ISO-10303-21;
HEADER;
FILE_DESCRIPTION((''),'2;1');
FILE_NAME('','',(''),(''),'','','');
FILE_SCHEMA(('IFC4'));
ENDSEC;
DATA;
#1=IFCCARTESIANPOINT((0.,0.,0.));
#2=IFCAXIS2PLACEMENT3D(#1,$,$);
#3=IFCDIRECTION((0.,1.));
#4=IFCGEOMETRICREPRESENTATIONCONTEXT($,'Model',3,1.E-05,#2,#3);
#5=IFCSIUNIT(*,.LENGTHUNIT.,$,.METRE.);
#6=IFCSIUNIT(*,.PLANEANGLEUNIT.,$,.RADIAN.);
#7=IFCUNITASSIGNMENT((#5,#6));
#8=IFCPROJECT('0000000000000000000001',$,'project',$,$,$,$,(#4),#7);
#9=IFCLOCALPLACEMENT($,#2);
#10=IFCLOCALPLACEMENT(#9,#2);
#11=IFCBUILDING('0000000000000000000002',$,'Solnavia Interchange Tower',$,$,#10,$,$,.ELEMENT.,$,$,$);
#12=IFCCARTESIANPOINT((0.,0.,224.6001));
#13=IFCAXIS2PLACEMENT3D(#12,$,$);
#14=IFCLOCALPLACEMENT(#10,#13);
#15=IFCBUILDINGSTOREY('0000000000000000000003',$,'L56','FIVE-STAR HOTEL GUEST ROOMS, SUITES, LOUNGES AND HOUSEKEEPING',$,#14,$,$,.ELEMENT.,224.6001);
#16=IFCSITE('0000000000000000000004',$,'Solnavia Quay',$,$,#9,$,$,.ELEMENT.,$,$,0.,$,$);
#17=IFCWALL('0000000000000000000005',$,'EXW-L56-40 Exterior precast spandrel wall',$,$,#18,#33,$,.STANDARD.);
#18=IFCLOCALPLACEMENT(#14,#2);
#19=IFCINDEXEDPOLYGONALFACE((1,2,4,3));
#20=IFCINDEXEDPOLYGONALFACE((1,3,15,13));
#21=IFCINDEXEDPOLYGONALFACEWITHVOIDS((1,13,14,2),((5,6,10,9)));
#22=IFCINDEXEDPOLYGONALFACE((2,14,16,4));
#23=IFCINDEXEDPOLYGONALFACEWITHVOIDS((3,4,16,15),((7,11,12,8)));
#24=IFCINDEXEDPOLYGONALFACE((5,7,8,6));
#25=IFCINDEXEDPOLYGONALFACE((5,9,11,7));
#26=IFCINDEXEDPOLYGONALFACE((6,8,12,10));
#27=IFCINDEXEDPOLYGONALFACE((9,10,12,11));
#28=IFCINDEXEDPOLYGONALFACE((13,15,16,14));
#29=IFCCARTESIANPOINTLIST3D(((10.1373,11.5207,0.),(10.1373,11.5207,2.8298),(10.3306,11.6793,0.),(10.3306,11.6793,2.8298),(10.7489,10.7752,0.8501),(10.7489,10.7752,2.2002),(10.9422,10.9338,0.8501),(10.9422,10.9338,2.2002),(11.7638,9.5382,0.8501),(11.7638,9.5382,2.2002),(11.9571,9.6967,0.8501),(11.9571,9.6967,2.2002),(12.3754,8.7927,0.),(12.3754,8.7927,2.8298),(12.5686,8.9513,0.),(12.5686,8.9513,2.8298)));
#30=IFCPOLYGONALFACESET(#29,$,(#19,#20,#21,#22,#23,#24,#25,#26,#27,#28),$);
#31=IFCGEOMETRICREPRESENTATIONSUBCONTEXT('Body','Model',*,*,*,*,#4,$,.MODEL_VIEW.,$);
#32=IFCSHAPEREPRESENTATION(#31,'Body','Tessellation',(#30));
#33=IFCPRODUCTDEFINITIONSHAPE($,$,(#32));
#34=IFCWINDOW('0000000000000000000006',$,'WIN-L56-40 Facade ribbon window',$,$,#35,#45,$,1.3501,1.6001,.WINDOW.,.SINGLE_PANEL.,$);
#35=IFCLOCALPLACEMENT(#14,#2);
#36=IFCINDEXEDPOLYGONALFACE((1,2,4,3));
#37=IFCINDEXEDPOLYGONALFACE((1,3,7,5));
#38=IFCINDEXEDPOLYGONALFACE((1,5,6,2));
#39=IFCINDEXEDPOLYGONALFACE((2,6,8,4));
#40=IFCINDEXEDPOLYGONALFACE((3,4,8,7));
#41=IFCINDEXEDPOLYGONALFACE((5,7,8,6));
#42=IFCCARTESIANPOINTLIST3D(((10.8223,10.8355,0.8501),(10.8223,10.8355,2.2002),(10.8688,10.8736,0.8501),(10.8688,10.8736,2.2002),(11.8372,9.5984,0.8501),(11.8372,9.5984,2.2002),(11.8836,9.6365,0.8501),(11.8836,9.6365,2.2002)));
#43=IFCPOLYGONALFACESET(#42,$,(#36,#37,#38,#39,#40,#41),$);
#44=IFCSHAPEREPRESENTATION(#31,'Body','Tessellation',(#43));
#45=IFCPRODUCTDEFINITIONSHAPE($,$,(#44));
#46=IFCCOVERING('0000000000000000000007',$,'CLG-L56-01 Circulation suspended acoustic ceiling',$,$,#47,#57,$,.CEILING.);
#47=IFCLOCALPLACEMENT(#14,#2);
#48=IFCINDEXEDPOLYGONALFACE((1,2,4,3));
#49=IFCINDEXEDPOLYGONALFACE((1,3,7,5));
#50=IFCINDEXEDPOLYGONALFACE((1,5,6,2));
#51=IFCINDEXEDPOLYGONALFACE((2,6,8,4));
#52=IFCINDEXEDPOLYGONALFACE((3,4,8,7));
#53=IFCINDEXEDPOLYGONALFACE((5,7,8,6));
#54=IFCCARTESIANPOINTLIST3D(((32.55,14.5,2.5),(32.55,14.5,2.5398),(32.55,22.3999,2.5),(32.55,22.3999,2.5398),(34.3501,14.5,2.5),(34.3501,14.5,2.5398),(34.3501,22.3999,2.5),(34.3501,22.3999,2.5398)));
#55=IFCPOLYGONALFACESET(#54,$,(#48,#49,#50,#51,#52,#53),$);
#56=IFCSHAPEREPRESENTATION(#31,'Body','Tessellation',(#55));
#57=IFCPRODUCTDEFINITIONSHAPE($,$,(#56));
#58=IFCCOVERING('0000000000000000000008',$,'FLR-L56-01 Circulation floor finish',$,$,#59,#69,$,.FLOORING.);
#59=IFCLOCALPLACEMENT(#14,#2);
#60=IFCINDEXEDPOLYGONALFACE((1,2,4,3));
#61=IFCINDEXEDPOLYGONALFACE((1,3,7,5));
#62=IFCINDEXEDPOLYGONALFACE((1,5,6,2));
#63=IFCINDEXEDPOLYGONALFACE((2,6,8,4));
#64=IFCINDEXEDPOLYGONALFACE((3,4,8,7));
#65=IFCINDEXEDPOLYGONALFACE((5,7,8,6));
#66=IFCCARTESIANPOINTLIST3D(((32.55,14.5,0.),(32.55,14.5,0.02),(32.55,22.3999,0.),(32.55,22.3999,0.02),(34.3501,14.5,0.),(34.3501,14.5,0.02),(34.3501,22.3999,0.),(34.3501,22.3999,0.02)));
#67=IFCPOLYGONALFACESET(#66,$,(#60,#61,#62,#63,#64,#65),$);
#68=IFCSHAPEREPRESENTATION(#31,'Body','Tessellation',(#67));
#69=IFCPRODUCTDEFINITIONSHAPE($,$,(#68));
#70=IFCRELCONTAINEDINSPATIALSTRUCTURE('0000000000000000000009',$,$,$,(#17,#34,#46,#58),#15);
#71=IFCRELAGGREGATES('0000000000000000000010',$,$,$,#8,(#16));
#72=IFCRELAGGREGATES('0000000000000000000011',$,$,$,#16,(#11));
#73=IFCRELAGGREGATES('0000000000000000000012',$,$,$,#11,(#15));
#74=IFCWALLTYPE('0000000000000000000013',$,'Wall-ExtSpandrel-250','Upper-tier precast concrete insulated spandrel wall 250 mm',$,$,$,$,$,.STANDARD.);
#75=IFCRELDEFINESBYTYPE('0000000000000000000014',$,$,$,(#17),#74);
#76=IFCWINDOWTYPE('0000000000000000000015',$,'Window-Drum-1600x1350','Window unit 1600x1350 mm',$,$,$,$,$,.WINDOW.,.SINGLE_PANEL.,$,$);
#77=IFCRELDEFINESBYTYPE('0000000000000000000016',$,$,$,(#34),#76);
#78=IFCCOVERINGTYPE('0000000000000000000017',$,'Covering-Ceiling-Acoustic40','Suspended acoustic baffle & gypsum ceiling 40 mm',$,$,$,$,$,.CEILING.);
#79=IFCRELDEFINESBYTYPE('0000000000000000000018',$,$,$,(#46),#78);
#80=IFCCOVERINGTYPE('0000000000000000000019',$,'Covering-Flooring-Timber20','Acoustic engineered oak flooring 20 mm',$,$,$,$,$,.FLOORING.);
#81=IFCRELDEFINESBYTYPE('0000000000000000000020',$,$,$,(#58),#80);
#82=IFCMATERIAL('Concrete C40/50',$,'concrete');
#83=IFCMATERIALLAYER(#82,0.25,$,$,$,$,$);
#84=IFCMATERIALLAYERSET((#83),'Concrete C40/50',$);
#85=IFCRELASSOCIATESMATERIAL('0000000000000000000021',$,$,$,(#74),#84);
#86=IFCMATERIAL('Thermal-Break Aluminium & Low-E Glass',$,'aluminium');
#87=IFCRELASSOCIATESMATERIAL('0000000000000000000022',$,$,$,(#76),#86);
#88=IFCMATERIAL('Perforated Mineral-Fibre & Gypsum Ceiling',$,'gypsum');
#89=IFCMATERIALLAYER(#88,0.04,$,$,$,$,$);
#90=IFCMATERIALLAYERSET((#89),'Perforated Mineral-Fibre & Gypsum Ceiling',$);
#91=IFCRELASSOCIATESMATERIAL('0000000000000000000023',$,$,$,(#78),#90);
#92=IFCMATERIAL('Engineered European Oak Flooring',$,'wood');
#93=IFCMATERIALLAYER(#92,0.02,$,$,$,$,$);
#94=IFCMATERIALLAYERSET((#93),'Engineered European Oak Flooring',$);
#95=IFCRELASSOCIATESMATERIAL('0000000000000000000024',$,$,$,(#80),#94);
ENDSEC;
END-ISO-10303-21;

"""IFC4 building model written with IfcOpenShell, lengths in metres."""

from ifc_helpers import new_model, si_unit, direction, frame, frame_2d, origin, place, context, subcontext, project, spatial, polyline, rectangle, outline, extrude, material, layer, layer_set, type_object, element, fill, save


model = new_model("IFC4")

# Units and contexts
model_context = context("Model", 3, precision=1e-05, world=origin(), true_north=direction((0.0, 1.0)))
body_context = subcontext(model_context, "Body", "Model", "MODEL_VIEW")
ifc_project = project(units=[si_unit("LENGTHUNIT", "METRE"), si_unit("PLANEANGLEUNIT", "RADIAN")], contexts=[model_context])

# Site, building, storey
site_placement = place(None, origin())
site = spatial("IfcSite", under=ifc_project, at=site_placement, Name="Solnavia Quay", CompositionType="ELEMENT", RefElevation=0.0)
building_placement = place(site_placement, origin())
building = spatial("IfcBuilding", under=site, at=building_placement, Name="Solnavia Interchange Tower", CompositionType="ELEMENT")
storey_placement = place(building_placement, frame((0.0, 0.0, 224.6001)))
storey = spatial("IfcBuildingStorey", under=building, at=storey_placement, Name="L56", Description="FIVE-STAR HOTEL GUEST ROOMS, SUITES, LOUNGES AND HOUSEKEEPING", CompositionType="ELEMENT", Elevation=224.6001)

# Shared definitions
ifc_material_1 = material(Name="Concrete C40/50", Category="concrete")

# Shared definitions
ifc_layer_1 = layer(ifc_material_1, 0.25)
ifc_layer_set_1 = layer_set([ifc_layer_1], Name="Concrete C40/50")
wall_type_1 = type_object("IfcWallType", Name="Wall-ExtSpandrel-250", Description="Upper-tier precast concrete insulated spandrel wall 250 mm", PredefinedType="STANDARD", material=ifc_layer_set_1)

# Wall, opening, window
ifc_material_2 = material(Name="Thermal-Break Aluminium & Low-E Glass", Category="aluminium")
window_type = type_object("IfcWindowType", Name="Window-Drum-1600x1350", Description="Window unit 1600x1350 mm", PartitioningType="SINGLE_PANEL", PredefinedType="WINDOW", material=ifc_material_2)
wall_1_placement = place(storey_placement, frame((12.4719, 8.8721, 0.0), z_axis=(0.0, 0.0, 1.0), x_axis=(-0.634258, 0.773121, 0.0)))
wall_1 = element("IfcWall", 1, at=wall_1_placement, inside=storey, type_object=wall_type_1, Name="EXW-L56-40 Exterior precast spandrel wall", PredefinedType="STANDARD", context=body_context, shape_type="SweptSolid", body=[
    extrude(rectangle(XDim=3.5286, YDim=0.25, at=frame_2d((1.7642, 0.0))), origin(), (0.0, 0.0, 1.0), 2.8298),
])
opening_1_placement = place(wall_1_placement, frame((0.9641, 0.0, 0.8501)))
opening_1 = element("IfcOpeningElement", 2, at=opening_1_placement, cuts=wall_1, PredefinedType="OPENING", context=body_context, shape_type="SweptSolid", body=[
    extrude(rectangle(XDim=1.6001, YDim=1.3501, at=frame_2d((0.8, 0.675))), frame((0.0, 0.135, 0.0), z_axis=(0.0, -1.0, 0.0), x_axis=(1.0, 0.0, 0.0)), (0.0, 0.0, 1.0), 0.27),
])
window_1_placement = place(opening_1_placement, origin())
window_1 = element("IfcWindow", 3, at=window_1_placement, inside=storey, type_object=window_type, Name="WIN-L56-40 Facade ribbon window", OverallHeight=1.3501, OverallWidth=1.6001, PartitioningType="SINGLE_PANEL", PredefinedType="WINDOW", context=body_context, shape_type="SweptSolid", body=[
    extrude(rectangle(XDim=1.6001, YDim=1.3501, at=frame_2d((0.8, 0.675))), frame((0.0, 0.03, 0.0), z_axis=(0.0, -1.0, 0.0), x_axis=(1.0, 0.0, 0.0)), (0.0, 0.0, 1.0), 0.0601),
])
fill(opening_1, window_1)

# Coverings
ifc_material_3 = material(Name="Perforated Mineral-Fibre & Gypsum Ceiling", Category="gypsum")
ifc_layer_2 = layer(ifc_material_3, 0.04)
ifc_layer_set_2 = layer_set([ifc_layer_2], Name="Perforated Mineral-Fibre & Gypsum Ceiling")
covering_type_1 = type_object("IfcCoveringType", Name="Covering-Ceiling-Acoustic40", Description="Suspended acoustic baffle & gypsum ceiling 40 mm", PredefinedType="CEILING", material=ifc_layer_set_2)
covering_1_placement = place(storey_placement, frame((0.0, 0.0, 2.5)))
element("IfcCovering", 4, at=covering_1_placement, inside=storey, type_object=covering_type_1, Name="CLG-L56-01 Circulation suspended acoustic ceiling", PredefinedType="CEILING", context=body_context, shape_type="SweptSolid", body=[
    extrude(outline(polyline([(32.55, 14.5), (34.3501, 14.5), (34.3501, 22.3999), (32.55, 22.3999), (32.55, 14.5)])), origin(), (0.0, 0.0, 1.0), 0.0398),
])
ifc_material_4 = material(Name="Engineered European Oak Flooring", Category="wood")
ifc_layer_3 = layer(ifc_material_4, 0.02)
ifc_layer_set_3 = layer_set([ifc_layer_3], Name="Engineered European Oak Flooring")
covering_type_2 = type_object("IfcCoveringType", Name="Covering-Flooring-Timber20", Description="Acoustic engineered oak flooring 20 mm", PredefinedType="FLOORING", material=ifc_layer_set_3)
covering_2_placement = place(storey_placement, origin())
element("IfcCovering", 5, at=covering_2_placement, inside=storey, type_object=covering_type_2, Name="FLR-L56-01 Circulation floor finish", PredefinedType="FLOORING", context=body_context, shape_type="SweptSolid", body=[
    extrude(outline(polyline([(32.55, 14.5), (34.3501, 14.5), (34.3501, 22.3999), (32.55, 22.3999), (32.55, 14.5)])), origin(), (0.0, 0.0, 1.0), 0.02),
])

save(model, "model.ifc")
